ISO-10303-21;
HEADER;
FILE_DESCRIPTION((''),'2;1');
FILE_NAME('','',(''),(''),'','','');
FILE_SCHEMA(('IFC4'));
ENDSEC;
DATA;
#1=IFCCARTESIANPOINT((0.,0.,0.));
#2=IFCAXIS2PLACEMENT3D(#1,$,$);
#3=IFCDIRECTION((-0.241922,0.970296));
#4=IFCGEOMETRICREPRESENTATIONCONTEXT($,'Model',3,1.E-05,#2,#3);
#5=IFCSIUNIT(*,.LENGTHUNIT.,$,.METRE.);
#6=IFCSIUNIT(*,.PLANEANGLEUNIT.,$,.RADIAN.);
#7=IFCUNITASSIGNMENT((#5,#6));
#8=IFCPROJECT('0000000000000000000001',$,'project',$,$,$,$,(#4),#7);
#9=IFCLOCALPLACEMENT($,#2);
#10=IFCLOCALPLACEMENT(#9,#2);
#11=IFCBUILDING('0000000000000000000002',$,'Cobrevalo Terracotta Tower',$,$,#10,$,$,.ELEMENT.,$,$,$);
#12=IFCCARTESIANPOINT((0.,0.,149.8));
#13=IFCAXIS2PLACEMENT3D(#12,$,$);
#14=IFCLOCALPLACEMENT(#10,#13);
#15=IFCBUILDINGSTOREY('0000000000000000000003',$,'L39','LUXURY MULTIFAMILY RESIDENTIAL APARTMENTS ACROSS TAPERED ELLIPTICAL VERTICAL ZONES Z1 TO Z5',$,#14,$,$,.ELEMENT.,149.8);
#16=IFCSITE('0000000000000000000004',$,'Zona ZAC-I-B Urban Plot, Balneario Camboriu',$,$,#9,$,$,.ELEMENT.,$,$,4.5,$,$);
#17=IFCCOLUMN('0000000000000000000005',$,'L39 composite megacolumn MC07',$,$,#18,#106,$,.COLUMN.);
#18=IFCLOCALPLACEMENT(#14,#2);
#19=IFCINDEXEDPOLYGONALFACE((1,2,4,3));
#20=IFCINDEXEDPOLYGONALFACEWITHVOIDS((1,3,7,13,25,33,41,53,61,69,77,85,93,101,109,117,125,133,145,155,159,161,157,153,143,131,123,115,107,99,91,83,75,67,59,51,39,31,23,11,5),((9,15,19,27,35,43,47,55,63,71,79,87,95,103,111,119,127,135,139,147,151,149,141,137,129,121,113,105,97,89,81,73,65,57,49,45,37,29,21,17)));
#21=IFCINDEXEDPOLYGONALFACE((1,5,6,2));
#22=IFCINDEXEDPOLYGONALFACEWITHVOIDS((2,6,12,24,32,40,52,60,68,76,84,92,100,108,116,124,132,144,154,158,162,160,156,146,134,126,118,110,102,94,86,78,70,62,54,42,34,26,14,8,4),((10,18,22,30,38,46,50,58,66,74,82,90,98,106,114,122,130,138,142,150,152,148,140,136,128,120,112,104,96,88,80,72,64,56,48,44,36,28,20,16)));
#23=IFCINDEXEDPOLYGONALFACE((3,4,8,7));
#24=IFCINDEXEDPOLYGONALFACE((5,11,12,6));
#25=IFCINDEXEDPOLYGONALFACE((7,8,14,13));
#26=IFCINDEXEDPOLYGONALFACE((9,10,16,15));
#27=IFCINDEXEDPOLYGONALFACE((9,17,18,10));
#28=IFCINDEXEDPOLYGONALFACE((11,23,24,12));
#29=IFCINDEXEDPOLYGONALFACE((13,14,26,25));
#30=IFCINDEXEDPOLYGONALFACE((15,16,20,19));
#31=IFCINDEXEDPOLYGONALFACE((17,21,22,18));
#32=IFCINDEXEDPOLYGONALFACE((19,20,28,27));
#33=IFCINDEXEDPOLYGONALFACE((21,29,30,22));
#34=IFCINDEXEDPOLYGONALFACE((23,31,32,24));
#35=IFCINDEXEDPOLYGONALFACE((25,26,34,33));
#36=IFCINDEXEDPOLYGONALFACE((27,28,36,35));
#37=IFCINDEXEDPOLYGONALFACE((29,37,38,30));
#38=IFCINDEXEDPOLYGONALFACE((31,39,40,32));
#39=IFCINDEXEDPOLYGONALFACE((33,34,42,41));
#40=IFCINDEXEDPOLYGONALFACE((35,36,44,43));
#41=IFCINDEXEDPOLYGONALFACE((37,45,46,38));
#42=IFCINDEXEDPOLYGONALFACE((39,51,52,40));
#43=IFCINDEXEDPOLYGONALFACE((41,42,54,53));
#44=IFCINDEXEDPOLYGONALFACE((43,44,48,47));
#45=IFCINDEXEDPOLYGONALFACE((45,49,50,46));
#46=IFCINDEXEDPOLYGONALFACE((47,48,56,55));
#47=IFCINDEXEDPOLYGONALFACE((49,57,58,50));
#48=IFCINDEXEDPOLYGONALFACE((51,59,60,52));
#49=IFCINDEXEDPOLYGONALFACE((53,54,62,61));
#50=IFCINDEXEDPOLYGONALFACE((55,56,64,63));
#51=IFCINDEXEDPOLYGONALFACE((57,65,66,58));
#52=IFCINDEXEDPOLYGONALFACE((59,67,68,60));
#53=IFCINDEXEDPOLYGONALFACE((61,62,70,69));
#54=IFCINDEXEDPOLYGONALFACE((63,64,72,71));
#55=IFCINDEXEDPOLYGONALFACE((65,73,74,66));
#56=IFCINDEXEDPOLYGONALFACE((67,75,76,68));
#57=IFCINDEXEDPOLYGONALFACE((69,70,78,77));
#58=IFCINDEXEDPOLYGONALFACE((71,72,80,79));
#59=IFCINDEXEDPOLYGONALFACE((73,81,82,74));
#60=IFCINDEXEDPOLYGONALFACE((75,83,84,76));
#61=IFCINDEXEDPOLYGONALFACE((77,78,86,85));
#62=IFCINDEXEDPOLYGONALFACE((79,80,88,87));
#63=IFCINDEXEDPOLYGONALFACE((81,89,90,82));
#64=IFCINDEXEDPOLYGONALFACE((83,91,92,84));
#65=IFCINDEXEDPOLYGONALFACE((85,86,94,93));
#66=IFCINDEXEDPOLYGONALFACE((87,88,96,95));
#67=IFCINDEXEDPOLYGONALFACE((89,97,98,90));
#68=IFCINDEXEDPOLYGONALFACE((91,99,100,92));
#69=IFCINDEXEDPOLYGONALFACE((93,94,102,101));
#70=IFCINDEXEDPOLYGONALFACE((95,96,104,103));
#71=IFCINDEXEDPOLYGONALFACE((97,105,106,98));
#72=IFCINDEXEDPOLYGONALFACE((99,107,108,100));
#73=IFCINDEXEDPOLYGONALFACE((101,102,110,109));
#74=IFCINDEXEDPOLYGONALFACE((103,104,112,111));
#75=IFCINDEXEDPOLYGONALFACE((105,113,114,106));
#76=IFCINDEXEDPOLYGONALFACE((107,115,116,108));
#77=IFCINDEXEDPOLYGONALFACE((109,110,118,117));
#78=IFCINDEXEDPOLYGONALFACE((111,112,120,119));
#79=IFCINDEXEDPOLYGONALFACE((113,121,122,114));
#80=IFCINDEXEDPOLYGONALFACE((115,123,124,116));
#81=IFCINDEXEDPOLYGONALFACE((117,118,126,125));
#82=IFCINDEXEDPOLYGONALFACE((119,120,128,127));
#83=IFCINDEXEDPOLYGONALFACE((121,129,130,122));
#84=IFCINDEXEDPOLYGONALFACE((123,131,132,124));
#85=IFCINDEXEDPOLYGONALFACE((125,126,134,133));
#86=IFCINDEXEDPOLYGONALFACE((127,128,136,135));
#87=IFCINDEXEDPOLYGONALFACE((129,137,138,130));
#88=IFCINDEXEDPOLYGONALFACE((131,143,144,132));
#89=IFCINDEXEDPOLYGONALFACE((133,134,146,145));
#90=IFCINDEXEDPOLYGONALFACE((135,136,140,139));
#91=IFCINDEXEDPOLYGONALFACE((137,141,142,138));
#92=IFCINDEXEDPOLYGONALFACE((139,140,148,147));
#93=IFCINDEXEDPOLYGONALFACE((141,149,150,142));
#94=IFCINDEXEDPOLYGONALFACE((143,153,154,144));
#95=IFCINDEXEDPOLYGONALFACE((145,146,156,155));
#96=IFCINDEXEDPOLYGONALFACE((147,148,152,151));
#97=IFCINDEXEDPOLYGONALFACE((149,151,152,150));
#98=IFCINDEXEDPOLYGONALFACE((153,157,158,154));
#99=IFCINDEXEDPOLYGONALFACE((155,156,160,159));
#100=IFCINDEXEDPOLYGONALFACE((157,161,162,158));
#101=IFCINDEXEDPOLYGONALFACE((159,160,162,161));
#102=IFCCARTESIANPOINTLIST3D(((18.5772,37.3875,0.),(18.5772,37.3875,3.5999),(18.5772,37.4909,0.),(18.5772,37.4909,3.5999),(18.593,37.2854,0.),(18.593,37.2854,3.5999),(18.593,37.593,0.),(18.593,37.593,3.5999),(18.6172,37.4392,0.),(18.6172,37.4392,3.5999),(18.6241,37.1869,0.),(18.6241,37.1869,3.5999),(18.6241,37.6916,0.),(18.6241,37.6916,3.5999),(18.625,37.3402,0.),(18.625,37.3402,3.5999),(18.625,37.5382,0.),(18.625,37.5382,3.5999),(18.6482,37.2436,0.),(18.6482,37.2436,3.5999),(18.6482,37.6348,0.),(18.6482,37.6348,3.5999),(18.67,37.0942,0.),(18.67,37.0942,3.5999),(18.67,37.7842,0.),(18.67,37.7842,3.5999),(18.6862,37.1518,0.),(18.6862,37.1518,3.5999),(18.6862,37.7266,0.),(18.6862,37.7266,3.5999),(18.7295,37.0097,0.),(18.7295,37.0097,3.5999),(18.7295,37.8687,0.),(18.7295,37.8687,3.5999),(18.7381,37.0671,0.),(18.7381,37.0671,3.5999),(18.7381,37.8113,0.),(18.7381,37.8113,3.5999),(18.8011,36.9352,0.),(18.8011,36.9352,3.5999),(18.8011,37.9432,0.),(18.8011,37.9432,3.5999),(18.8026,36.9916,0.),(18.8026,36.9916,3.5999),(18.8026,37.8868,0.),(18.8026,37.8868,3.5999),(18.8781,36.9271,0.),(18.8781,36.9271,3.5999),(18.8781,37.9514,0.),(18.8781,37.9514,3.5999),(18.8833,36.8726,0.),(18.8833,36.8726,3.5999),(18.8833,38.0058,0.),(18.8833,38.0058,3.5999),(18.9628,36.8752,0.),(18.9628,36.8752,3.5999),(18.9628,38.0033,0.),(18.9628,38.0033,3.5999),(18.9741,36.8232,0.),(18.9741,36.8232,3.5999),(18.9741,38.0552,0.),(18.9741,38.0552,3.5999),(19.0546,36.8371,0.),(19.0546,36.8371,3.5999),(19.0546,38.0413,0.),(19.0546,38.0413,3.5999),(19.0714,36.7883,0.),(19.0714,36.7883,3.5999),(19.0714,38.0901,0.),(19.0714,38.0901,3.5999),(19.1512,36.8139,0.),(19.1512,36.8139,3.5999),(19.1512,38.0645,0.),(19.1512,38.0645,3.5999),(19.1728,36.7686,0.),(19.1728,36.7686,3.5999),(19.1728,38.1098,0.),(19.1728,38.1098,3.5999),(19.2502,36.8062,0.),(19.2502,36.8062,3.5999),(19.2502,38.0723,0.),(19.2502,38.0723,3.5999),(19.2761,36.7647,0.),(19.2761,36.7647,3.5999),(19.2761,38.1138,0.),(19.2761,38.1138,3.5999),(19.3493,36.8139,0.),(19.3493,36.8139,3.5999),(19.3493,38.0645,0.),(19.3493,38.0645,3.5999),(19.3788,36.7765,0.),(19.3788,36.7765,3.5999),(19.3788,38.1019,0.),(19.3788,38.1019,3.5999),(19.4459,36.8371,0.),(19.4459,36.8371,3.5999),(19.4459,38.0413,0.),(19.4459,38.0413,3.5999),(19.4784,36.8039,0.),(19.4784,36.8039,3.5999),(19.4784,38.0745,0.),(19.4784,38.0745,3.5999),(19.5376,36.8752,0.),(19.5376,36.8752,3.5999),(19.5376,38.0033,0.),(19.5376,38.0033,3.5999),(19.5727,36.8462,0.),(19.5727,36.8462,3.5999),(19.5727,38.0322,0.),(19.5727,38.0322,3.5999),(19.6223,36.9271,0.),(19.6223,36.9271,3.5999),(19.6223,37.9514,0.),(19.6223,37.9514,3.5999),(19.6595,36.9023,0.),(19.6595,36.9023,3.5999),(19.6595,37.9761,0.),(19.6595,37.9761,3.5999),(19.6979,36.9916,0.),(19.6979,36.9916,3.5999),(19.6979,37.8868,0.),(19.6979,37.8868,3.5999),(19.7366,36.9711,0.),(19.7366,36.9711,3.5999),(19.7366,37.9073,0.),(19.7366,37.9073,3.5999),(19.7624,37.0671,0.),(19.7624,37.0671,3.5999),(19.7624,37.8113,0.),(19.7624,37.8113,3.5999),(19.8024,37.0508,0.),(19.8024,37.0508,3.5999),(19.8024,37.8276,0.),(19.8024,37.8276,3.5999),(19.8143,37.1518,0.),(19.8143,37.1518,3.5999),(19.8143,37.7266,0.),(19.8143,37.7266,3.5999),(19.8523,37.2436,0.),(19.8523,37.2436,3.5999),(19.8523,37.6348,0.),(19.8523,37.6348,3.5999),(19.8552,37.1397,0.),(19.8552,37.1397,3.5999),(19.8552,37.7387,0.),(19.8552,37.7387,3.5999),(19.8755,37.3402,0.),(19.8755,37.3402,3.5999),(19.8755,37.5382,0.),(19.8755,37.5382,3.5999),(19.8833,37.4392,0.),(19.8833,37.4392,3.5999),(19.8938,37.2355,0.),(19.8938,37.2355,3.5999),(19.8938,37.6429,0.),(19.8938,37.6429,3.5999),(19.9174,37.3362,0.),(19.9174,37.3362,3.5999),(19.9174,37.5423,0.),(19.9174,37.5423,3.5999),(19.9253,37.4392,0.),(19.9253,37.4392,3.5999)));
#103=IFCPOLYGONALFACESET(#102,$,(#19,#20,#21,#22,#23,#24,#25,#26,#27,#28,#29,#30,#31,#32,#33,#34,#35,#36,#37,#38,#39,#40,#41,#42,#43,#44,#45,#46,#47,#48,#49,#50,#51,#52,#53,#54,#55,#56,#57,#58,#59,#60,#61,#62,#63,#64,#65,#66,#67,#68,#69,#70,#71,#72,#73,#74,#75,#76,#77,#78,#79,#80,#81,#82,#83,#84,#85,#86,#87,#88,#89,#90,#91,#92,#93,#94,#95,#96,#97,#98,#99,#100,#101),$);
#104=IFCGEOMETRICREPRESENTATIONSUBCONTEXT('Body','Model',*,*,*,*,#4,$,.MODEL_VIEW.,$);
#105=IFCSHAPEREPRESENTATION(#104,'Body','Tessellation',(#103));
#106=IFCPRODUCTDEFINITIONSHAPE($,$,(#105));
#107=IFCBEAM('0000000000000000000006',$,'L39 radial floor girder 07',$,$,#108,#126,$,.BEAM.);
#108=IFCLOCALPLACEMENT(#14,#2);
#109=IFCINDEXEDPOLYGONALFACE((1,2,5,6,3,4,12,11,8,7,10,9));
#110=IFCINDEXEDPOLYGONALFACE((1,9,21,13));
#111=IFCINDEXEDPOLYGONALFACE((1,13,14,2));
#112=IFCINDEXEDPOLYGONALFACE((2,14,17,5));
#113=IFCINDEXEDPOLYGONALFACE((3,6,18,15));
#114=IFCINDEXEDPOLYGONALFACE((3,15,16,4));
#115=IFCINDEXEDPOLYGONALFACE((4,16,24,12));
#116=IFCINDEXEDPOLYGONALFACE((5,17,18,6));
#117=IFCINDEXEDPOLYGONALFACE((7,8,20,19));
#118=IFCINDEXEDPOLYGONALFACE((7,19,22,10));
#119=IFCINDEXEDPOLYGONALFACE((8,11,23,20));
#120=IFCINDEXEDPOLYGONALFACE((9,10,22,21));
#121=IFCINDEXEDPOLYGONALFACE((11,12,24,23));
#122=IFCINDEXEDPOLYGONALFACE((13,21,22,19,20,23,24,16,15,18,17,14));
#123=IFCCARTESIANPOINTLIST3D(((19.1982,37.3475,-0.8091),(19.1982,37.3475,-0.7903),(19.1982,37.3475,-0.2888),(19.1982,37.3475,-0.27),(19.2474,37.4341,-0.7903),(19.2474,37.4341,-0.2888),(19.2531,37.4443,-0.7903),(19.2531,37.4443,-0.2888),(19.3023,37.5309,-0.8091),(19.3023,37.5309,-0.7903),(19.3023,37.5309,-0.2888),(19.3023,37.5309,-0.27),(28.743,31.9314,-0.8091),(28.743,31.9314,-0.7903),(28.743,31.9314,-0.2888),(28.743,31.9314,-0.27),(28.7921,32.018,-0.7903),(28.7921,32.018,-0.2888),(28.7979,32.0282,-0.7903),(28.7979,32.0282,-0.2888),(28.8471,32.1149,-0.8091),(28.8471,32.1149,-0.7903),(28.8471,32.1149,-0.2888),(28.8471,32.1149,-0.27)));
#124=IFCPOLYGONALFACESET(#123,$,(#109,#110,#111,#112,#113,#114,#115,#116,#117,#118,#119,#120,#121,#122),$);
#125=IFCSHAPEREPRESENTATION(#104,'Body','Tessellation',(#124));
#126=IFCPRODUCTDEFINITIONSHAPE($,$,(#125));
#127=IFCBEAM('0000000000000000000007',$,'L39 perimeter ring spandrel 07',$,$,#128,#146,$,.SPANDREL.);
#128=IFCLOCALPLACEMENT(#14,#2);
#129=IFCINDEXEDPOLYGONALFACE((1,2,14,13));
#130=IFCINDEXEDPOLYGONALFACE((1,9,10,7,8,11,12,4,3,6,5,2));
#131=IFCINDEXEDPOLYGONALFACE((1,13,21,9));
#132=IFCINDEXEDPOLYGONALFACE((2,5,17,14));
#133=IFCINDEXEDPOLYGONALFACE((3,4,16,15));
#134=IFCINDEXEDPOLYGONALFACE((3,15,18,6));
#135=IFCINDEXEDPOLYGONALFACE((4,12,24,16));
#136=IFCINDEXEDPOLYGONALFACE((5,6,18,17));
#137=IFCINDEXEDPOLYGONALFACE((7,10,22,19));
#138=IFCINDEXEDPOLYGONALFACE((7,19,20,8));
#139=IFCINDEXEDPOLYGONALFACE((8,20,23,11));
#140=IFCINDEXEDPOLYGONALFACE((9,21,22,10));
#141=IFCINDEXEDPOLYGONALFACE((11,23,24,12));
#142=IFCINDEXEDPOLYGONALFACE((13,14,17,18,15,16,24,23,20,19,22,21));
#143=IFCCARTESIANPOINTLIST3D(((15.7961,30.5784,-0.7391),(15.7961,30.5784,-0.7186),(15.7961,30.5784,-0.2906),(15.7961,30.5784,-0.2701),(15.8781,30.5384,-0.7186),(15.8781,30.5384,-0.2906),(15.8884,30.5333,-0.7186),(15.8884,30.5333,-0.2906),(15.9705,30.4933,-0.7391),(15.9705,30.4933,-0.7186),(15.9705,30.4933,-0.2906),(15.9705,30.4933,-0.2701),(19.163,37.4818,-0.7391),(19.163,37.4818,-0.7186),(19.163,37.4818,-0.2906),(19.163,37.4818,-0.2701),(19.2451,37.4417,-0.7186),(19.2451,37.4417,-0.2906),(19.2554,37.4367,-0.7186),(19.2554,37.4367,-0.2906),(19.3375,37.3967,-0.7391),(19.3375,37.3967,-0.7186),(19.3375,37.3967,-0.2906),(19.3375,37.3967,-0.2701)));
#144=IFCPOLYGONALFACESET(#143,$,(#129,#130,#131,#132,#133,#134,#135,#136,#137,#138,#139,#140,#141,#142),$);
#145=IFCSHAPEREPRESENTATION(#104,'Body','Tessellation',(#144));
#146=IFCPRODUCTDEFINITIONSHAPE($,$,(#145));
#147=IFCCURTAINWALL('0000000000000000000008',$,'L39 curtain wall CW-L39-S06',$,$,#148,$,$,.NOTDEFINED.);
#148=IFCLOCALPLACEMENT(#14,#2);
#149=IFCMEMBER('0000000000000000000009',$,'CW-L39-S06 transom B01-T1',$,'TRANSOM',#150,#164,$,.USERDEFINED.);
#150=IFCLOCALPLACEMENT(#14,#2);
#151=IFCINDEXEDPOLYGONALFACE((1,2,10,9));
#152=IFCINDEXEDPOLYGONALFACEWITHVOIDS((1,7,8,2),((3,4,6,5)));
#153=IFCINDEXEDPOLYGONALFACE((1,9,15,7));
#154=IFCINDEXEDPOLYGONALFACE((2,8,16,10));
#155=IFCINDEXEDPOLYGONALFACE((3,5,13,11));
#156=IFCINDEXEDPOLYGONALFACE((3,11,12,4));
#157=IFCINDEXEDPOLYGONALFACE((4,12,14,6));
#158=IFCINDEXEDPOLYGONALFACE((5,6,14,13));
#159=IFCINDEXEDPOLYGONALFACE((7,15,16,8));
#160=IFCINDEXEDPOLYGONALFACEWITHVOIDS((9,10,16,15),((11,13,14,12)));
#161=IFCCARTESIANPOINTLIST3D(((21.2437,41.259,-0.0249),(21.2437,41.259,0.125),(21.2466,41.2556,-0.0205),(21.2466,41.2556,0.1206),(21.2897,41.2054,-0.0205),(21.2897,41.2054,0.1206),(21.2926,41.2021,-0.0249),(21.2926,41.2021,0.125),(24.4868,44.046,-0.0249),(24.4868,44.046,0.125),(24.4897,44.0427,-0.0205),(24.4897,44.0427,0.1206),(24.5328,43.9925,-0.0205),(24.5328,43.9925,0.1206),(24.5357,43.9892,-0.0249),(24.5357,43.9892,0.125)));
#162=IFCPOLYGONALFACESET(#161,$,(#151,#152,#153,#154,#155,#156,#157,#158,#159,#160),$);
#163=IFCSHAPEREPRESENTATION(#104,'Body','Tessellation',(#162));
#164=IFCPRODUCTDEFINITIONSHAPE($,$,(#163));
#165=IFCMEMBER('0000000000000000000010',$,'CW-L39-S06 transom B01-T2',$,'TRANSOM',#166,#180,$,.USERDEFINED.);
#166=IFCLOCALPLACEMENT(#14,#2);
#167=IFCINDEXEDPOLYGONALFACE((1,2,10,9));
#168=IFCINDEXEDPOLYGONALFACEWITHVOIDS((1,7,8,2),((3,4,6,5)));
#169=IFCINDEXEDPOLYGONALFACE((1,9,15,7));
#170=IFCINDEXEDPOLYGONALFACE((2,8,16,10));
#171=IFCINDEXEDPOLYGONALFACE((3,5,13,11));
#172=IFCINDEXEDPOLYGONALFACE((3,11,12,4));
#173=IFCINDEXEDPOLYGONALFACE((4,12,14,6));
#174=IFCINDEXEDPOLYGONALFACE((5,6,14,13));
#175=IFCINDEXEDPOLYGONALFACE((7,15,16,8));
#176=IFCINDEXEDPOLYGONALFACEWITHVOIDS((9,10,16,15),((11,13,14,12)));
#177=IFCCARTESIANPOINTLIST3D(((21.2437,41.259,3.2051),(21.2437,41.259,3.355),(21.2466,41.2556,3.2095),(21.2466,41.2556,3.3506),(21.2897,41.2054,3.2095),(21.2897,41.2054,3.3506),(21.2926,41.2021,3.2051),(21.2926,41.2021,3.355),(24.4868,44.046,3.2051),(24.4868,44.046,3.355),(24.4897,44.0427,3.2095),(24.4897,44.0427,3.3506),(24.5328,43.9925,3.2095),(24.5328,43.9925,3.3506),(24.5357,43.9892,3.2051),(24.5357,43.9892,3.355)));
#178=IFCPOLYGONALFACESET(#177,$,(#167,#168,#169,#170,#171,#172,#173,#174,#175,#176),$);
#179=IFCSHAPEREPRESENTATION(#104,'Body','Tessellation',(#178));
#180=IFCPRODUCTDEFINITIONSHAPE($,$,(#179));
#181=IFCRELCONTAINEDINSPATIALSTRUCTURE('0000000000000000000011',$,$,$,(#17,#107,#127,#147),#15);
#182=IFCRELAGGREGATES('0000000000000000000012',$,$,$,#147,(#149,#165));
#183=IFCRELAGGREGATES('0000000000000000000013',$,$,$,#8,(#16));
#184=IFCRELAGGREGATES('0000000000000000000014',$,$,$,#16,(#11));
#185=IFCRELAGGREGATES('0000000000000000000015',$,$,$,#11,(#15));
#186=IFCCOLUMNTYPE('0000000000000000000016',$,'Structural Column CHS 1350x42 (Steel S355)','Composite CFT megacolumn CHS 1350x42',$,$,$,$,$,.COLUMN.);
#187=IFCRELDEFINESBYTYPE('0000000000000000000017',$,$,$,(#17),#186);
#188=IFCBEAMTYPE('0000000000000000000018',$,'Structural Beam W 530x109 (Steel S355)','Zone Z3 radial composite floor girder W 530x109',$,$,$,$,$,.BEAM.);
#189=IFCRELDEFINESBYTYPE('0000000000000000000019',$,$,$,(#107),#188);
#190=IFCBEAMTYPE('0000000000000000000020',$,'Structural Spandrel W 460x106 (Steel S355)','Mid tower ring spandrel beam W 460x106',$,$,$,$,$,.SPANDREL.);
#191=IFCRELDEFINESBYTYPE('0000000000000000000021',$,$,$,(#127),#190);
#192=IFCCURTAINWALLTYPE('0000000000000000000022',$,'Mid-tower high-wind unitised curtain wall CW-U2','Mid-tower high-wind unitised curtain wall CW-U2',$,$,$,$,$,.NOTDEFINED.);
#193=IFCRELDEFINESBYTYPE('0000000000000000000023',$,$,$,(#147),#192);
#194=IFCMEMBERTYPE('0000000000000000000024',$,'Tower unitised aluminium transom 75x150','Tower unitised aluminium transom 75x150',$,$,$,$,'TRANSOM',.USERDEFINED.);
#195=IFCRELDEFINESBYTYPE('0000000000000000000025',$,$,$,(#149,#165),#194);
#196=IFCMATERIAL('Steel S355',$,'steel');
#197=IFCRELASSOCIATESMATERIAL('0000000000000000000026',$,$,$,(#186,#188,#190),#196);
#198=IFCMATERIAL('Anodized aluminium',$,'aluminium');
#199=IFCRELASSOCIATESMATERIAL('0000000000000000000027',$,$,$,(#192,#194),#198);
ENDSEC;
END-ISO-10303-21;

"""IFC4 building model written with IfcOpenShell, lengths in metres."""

from ifc_helpers import new_model, si_unit, direction, frame, origin, origin_2d, place, context, subcontext, project, spatial, hollow_rectangle, hollow_circle, i_section, extrude, source, transform, mapped, material, material_profile, profile_set, type_object, element, aggregate, save


model = new_model("IFC4")

# Units and contexts
model_context = context("Model", 3, precision=1e-05, world=origin(), true_north=direction((-0.241922, 0.970296)))
body_context = subcontext(model_context, "Body", "Model", "MODEL_VIEW")
ifc_project = project(units=[si_unit("LENGTHUNIT", "METRE"), si_unit("PLANEANGLEUNIT", "RADIAN")], contexts=[model_context])

# Site, building, storey
site_placement = place(None, origin())
site = spatial("IfcSite", under=ifc_project, at=site_placement, Name="Zona ZAC-I-B Urban Plot, Balneario Camboriu", CompositionType="ELEMENT", RefElevation=4.5)
building_placement = place(site_placement, origin())
building = spatial("IfcBuilding", under=site, at=building_placement, Name="Cobrevalo Terracotta Tower", CompositionType="ELEMENT")
storey_placement = place(building_placement, frame((0.0, 0.0, 149.8)))
storey = spatial("IfcBuildingStorey", under=building, at=storey_placement, Name="L39", Description="LUXURY MULTIFAMILY RESIDENTIAL APARTMENTS ACROSS TAPERED ELLIPTICAL VERTICAL ZONES Z1 TO Z5", CompositionType="ELEMENT", Elevation=149.8)

# Column
ifc_material_1 = material(Name="Steel S355", Category="steel")
ifc_material_profile_1 = material_profile(ifc_material_1, hollow_circle(Radius=0.675, WallThickness=0.042, at=origin_2d()), Name="CHS 1350x42")
ifc_profile_set_1 = profile_set([ifc_material_profile_1], Name="Steel S355")
column_type = type_object("IfcColumnType", Name="Structural Column CHS 1350x42 (Steel S355)", Description="Composite CFT megacolumn CHS 1350x42", PredefinedType="COLUMN", material=ifc_profile_set_1)
column_placement = place(storey_placement, frame((19.2502, 37.4392, 0.0), z_axis=(0.0, 0.0, 1.0), x_axis=(1.0, 0.0, 0.0)))
element("IfcColumn", 1, at=column_placement, inside=storey, type_object=column_type, Name="L39 composite megacolumn MC07", PredefinedType="COLUMN", context=body_context, shape_type="SweptSolid", body=[
    extrude(hollow_circle(Radius=0.675, WallThickness=0.042, at=origin_2d()), origin(), (0.0, 0.0, 1.0), 3.5999),
])

# Beams
ifc_material_profile_2 = material_profile(ifc_material_1, i_section(OverallWidth=0.2109, OverallDepth=0.5391, WebThickness=0.0117, FlangeThickness=0.0188, at=origin_2d()), Name="W 530x109")
ifc_profile_set_2 = profile_set([ifc_material_profile_2], Name="Steel S355")
beam_type_1 = type_object("IfcBeamType", Name="Structural Beam W 530x109 (Steel S355)", Description="Zone Z3 radial composite floor girder W 530x109", PredefinedType="BEAM", material=ifc_profile_set_2)
beam_1_placement = place(storey_placement, frame((19.2502, 37.4392, -0.5396), z_axis=(0.869734, -0.49352, 0.0), x_axis=(0.49352, 0.869734, 0.0)))
element("IfcBeam", 2, at=beam_1_placement, inside=storey, type_object=beam_type_1, Name="L39 radial floor girder 07", PredefinedType="BEAM", context=body_context, shape_type="SweptSolid", body=[
    extrude(i_section(OverallWidth=0.2109, OverallDepth=0.5391, WebThickness=0.0117, FlangeThickness=0.0188, at=origin_2d()), origin(), (0.0, 0.0, 1.0), 10.9744),
])
ifc_material_profile_3 = material_profile(ifc_material_1, i_section(OverallWidth=0.1941, OverallDepth=0.469, WebThickness=0.0115, FlangeThickness=0.0205, at=origin_2d()), Name="W 460x106")
ifc_profile_set_3 = profile_set([ifc_material_profile_3], Name="Steel S355")
beam_type_2 = type_object("IfcBeamType", Name="Structural Spandrel W 460x106 (Steel S355)", Description="Mid tower ring spandrel beam W 460x106", PredefinedType="SPANDREL", material=ifc_profile_set_3)
beam_2_placement = place(storey_placement, frame((19.2502, 37.4392, -0.5046), z_axis=(-0.438368, -0.898796, 0.0), x_axis=(0.898796, -0.438368, 0.0)))
element("IfcBeam", 3, at=beam_2_placement, inside=storey, type_object=beam_type_2, Name="L39 perimeter ring spandrel 07", PredefinedType="SPANDREL", context=body_context, shape_type="SweptSolid", body=[
    extrude(i_section(OverallWidth=0.1941, OverallDepth=0.469, WebThickness=0.0115, FlangeThickness=0.0205, at=origin_2d()), origin(), (0.0, 0.0, 1.0), 7.6807),
])

# Curtain wall, members
ifc_material_2 = material(Name="Anodized aluminium", Category="aluminium")
curtain_wall_type = type_object("IfcCurtainWallType", Name="Mid-tower high-wind unitised curtain wall CW-U2", Description="Mid-tower high-wind unitised curtain wall CW-U2", PredefinedType="NOTDEFINED", material=ifc_material_2)
curtain_wall_1_placement = place(storey_placement, origin())
curtain_wall_1 = element("IfcCurtainWall", 4, at=curtain_wall_1_placement, inside=storey, type_object=curtain_wall_type, Name="L39 curtain wall CW-L39-S06", PredefinedType="NOTDEFINED")
ifc_material_profile_4 = material_profile(ifc_material_2, hollow_rectangle(XDim=0.075, YDim=0.1499, WallThickness=0.0044, at=origin_2d()), Name="CWT 75x150")
ifc_profile_set_4 = profile_set([ifc_material_profile_4], Name="Anodized aluminium")
member_type_1 = type_object("IfcMemberType", Name="Tower unitised aluminium transom 75x150", Description="Tower unitised aluminium transom 75x150", ElementType="TRANSOM", PredefinedType="USERDEFINED", material=ifc_profile_set_4)
shared_shape_1 = source(origin(), body_context, "Body", "SweptSolid", [
    extrude(hollow_rectangle(XDim=0.075, YDim=0.1499, WallThickness=0.0044, at=origin_2d()), origin(), (0.0, 0.0, 1.0), 4.2761),
])
member_1_placement = place(storey_placement, frame((24.5112, 44.0176, 0.05), z_axis=(-0.758418, -0.651769, 0.0), x_axis=(0.651769, -0.758418, 0.0)))
member_1 = element("IfcMember", 5, at=member_1_placement, type_object=member_type_1, Name="CW-L39-S06 transom B01-T1", ObjectType="TRANSOM", PredefinedType="USERDEFINED", context=body_context, shape_type="MappedRepresentation", body=[
    mapped(shared_shape_1, transform((0.0, 0.0, 0.0), scale=1.0)),
])
member_2_placement = place(storey_placement, frame((24.5112, 44.0176, 3.28), z_axis=(-0.758418, -0.651769, 0.0), x_axis=(0.651769, -0.758418, 0.0)))
member_2 = element("IfcMember", 6, at=member_2_placement, type_object=member_type_1, Name="CW-L39-S06 transom B01-T2", ObjectType="TRANSOM", PredefinedType="USERDEFINED", context=body_context, shape_type="MappedRepresentation", body=[
    mapped(shared_shape_1, transform((0.0, 0.0, 0.0), scale=1.0)),
])

aggregate(curtain_wall_1, [member_1, member_2])

save(model, "model.ifc")
